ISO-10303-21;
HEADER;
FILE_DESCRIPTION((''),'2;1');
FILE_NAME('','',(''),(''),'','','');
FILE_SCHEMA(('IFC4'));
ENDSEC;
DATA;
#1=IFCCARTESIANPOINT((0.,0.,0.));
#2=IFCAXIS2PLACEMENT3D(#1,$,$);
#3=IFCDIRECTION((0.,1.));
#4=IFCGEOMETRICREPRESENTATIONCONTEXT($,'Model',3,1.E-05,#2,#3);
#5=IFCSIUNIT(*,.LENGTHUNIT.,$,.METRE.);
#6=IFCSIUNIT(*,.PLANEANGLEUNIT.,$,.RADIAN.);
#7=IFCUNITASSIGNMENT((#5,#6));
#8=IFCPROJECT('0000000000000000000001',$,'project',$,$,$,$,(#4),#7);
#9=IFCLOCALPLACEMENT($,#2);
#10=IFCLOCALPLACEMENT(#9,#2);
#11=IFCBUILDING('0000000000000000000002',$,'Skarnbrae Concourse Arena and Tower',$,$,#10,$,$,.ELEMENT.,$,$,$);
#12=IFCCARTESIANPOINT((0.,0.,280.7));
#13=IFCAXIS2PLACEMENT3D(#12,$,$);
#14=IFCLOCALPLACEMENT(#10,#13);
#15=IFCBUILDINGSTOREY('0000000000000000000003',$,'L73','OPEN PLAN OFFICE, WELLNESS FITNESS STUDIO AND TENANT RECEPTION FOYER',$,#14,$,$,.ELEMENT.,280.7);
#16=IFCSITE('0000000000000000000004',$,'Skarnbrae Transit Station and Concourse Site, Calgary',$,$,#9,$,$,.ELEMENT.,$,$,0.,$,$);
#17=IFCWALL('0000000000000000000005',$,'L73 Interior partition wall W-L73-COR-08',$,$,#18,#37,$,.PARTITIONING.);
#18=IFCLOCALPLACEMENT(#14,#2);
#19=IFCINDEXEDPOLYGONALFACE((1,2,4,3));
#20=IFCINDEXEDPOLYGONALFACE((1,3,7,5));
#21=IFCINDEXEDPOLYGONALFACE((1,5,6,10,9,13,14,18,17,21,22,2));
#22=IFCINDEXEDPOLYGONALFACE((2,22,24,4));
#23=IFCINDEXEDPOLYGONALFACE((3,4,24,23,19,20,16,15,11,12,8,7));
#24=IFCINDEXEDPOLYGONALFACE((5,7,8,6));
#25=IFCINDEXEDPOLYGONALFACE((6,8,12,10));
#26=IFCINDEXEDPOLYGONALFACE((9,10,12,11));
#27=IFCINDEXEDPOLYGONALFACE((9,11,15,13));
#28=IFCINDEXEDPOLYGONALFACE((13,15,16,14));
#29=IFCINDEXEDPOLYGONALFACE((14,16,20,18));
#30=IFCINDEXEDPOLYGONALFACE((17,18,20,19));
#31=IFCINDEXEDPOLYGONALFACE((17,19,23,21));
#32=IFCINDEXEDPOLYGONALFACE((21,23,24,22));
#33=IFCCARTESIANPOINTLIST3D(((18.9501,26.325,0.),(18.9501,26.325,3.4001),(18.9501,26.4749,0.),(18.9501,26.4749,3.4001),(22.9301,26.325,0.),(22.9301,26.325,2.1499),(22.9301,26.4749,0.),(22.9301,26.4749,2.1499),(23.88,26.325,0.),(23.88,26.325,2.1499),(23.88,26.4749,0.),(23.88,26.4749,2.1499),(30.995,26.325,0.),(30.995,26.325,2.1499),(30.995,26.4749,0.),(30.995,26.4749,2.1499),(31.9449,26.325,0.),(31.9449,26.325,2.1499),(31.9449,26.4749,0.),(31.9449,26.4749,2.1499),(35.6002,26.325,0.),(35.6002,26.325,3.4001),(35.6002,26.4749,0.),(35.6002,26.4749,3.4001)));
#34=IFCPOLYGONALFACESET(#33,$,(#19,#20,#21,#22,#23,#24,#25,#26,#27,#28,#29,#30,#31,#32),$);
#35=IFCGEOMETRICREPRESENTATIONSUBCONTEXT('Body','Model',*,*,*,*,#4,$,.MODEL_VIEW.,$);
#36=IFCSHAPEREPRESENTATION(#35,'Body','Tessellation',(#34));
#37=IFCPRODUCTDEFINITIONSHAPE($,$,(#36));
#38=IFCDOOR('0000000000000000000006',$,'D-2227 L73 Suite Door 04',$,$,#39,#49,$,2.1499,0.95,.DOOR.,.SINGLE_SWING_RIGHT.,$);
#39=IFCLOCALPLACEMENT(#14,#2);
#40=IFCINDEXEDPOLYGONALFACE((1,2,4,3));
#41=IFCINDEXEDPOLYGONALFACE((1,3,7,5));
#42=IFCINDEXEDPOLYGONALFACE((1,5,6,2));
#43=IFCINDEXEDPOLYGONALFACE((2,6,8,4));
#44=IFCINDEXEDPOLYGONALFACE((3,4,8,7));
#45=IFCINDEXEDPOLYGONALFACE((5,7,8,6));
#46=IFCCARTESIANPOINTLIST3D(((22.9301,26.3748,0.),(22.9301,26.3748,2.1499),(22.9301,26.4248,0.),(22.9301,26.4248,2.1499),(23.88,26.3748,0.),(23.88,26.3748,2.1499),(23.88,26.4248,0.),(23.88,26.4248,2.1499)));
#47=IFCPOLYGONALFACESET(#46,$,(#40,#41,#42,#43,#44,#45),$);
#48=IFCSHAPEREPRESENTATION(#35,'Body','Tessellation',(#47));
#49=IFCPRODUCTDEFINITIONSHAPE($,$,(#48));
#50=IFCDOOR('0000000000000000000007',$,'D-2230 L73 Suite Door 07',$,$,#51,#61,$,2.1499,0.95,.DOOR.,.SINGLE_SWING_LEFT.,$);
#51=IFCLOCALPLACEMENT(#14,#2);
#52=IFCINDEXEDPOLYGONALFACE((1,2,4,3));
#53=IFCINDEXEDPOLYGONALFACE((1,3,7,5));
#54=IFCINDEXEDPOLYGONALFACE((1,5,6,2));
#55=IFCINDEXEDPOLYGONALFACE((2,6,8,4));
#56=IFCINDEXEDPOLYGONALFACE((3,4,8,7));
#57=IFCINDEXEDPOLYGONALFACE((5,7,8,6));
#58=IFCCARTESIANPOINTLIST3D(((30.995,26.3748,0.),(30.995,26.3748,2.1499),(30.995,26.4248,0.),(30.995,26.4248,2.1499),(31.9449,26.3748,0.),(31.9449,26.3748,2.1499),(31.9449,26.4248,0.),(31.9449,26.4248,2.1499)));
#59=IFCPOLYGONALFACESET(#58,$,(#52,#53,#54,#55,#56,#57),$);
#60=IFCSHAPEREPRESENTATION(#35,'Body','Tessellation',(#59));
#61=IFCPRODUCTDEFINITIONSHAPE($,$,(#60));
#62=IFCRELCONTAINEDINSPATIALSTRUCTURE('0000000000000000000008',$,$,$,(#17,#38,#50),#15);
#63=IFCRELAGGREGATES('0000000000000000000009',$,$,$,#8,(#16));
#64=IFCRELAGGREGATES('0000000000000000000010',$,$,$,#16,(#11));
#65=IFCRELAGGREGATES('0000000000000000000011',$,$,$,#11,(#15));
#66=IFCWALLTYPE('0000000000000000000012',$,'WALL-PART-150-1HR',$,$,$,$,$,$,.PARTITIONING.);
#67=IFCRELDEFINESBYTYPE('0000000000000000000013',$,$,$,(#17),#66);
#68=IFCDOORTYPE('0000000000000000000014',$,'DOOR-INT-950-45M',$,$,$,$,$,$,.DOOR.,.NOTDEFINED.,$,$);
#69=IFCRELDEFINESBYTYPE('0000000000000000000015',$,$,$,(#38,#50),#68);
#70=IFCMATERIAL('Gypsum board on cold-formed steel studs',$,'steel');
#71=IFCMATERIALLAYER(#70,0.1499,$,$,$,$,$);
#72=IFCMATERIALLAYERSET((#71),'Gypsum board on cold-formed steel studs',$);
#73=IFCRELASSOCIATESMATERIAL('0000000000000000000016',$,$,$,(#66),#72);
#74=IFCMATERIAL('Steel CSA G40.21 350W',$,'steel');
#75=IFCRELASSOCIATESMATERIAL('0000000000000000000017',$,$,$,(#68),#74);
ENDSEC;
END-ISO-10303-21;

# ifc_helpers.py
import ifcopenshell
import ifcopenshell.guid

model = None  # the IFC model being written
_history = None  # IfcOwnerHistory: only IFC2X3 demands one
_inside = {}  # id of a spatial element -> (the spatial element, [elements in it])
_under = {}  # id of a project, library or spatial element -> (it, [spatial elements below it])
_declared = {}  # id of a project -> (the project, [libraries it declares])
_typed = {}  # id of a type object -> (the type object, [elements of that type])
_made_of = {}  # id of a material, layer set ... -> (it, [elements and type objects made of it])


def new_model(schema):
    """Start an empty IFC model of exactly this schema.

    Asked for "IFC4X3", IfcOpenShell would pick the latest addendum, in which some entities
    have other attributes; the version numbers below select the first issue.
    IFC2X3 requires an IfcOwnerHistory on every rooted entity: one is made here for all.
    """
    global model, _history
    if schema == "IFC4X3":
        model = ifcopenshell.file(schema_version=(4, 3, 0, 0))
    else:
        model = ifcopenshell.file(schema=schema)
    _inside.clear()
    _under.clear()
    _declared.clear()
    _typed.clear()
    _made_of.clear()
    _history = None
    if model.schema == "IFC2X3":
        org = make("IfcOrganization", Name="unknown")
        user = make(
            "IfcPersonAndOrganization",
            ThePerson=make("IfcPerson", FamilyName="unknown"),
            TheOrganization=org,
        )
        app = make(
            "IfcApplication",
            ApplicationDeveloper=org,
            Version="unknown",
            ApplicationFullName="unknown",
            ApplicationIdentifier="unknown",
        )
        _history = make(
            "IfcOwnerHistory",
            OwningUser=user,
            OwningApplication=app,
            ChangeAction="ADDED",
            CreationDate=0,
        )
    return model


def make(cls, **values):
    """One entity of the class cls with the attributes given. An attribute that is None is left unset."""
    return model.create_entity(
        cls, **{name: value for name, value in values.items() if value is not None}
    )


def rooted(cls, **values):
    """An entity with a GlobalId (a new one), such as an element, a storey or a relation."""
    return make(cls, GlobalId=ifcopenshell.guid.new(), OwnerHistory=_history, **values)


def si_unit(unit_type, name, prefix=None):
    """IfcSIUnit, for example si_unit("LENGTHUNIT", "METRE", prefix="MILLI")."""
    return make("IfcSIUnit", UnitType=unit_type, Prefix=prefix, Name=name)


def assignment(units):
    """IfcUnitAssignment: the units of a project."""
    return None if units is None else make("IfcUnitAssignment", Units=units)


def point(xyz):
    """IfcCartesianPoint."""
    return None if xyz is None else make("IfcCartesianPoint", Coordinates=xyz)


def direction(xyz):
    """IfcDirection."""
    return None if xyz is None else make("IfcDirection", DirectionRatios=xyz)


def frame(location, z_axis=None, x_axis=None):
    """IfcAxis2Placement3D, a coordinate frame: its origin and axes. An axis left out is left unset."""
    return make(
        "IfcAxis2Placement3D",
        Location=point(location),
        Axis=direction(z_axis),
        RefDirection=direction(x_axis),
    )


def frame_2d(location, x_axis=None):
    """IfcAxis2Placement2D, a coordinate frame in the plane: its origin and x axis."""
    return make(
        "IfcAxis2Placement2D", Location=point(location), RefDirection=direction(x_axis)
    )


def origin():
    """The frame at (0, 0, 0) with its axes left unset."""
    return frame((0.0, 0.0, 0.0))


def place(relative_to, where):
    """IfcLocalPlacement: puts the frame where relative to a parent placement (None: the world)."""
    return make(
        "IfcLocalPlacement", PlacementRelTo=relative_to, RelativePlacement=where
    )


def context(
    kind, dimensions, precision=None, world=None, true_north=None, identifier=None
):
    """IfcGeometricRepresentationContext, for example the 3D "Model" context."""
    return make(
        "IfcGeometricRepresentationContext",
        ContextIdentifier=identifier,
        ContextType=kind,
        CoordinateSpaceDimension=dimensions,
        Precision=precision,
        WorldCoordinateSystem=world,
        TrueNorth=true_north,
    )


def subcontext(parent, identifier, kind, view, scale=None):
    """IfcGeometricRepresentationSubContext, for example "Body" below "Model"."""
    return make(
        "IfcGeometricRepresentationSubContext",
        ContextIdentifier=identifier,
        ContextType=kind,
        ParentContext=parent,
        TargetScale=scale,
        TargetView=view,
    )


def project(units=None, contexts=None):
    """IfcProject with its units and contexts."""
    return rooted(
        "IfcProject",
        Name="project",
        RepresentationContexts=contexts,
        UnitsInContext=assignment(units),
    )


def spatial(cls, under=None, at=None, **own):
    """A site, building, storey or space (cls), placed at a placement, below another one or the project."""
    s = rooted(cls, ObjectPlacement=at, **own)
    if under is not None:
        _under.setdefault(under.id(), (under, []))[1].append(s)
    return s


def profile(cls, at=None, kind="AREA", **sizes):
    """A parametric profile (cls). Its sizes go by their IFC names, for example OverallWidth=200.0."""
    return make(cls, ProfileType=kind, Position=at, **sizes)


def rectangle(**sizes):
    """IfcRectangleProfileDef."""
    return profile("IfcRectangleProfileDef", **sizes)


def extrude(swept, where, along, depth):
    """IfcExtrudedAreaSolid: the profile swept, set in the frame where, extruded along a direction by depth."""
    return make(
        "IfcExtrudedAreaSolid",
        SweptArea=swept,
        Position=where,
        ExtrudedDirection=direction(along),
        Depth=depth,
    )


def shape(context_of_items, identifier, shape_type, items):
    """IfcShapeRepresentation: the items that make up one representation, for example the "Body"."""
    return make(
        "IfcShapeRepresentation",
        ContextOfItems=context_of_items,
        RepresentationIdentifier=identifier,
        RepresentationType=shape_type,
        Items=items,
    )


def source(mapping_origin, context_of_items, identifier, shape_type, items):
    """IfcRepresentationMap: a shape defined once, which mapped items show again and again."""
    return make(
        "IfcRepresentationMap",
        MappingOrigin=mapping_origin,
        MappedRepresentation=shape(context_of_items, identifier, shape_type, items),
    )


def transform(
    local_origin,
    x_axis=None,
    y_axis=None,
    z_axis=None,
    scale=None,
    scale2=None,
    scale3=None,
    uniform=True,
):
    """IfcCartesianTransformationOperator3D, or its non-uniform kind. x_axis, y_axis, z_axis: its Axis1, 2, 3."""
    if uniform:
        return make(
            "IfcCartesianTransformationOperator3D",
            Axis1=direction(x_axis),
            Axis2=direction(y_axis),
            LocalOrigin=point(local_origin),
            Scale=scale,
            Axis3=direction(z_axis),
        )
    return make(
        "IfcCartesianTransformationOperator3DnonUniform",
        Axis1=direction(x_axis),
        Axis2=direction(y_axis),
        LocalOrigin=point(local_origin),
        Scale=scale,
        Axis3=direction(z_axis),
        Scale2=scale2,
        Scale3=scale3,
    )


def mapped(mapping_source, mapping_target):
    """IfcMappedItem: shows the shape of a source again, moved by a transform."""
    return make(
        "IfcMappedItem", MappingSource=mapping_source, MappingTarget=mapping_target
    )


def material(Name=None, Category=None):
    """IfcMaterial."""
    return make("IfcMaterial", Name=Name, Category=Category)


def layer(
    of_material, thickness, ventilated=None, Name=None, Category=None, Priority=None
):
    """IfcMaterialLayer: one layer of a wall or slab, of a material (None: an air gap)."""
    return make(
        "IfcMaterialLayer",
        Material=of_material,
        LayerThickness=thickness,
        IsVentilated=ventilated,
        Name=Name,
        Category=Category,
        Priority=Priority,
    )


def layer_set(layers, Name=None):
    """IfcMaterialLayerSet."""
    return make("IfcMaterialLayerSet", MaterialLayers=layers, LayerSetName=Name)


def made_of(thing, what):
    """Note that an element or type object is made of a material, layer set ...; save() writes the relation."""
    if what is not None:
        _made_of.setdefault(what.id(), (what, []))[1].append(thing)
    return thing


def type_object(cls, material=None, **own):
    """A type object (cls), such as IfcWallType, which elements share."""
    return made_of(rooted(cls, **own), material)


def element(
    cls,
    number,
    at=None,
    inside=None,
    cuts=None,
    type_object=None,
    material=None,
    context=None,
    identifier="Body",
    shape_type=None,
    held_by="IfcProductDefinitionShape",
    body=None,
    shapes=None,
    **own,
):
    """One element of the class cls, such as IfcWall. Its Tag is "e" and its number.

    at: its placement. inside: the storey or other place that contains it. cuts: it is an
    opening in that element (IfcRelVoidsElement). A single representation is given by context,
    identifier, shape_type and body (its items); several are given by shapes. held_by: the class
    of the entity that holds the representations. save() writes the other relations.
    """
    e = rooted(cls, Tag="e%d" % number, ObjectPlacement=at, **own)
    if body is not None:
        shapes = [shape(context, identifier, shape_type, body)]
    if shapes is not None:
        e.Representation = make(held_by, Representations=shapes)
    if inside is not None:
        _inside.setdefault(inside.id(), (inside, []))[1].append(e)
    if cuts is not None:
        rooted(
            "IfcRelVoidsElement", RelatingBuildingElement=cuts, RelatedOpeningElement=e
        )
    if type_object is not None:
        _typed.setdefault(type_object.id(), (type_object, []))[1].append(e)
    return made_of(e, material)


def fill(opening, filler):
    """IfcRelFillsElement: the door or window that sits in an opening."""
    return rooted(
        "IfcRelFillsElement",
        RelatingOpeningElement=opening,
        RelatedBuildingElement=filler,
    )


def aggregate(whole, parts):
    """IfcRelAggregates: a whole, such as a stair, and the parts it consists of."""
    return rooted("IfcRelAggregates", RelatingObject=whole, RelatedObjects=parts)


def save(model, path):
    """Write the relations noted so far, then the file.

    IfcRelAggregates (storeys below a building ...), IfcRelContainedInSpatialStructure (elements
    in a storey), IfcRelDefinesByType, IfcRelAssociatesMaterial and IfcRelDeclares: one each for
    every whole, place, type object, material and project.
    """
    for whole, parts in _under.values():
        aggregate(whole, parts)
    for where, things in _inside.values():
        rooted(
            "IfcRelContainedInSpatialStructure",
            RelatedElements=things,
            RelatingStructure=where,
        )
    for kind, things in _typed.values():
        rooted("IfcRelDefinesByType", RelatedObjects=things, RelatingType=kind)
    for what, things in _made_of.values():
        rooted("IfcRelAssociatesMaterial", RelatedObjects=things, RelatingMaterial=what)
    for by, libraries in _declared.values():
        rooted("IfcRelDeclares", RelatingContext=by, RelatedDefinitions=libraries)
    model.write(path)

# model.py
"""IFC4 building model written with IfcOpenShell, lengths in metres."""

from ifc_helpers import new_model, si_unit, direction, frame, frame_2d, origin, place, context, subcontext, project, spatial, rectangle, extrude, source, transform, mapped, material, layer, layer_set, type_object, element, fill, save


model = new_model("IFC4")

# Units and contexts
model_context = context("Model", 3, precision=1e-05, world=origin(), true_north=direction((0.0, 1.0)))
body_context = subcontext(model_context, "Body", "Model", "MODEL_VIEW")
ifc_project = project(units=[si_unit("LENGTHUNIT", "METRE"), si_unit("PLANEANGLEUNIT", "RADIAN")], contexts=[model_context])

# Site, building, storey
site_placement = place(None, origin())
site = spatial("IfcSite", under=ifc_project, at=site_placement, Name="Skarnbrae Transit Station and Concourse Site, Calgary", CompositionType="ELEMENT", RefElevation=0.0)
building_placement = place(site_placement, origin())
building = spatial("IfcBuilding", under=site, at=building_placement, Name="Skarnbrae Concourse Arena and Tower", CompositionType="ELEMENT")
storey_placement = place(building_placement, frame((0.0, 0.0, 280.7)))
storey = spatial("IfcBuildingStorey", under=building, at=storey_placement, Name="L73", Description="OPEN PLAN OFFICE, WELLNESS FITNESS STUDIO AND TENANT RECEPTION FOYER", CompositionType="ELEMENT", Elevation=280.7)

# Shared definitions
ifc_material_1 = material(Name="Steel CSA G40.21 350W", Category="steel")

# Shared definitions
ifc_material_2 = material(Name="Gypsum board on cold-formed steel studs", Category="steel")
ifc_layer = layer(ifc_material_2, 0.1499)
ifc_layer_set = layer_set([ifc_layer], Name="Gypsum board on cold-formed steel studs")
wall_type = type_object("IfcWallType", Name="WALL-PART-150-1HR", PredefinedType="PARTITIONING", material=ifc_layer_set)
door_type = type_object("IfcDoorType", Name="DOOR-INT-950-45M", OperationType="NOTDEFINED", PredefinedType="DOOR", material=ifc_material_1)
shared_shape_1 = source(origin(), body_context, "Body", "SweptSolid", [
    extrude(rectangle(XDim=0.95, YDim=2.1499, at=frame_2d((0.4751, 1.075))), frame((0.0, 0.0249, 0.0), z_axis=(0.0, -1.0, 0.0), x_axis=(1.0, 0.0, 0.0)), (0.0, 0.0, 1.0), 0.05),
])

# Wall, openings, doors
shared_shape_2 = source(origin(), body_context, "Body", "SweptSolid", [
    extrude(rectangle(XDim=16.6501, YDim=0.1499, at=frame_2d((8.3252, 0.0))), origin(), (0.0, 0.0, 1.0), 3.4001),
])
wall_1_placement = place(storey_placement, frame((18.95, 26.3999, 0.0), z_axis=(0.0, 0.0, 1.0), x_axis=(1.0, 0.0, 0.0)))
wall_1 = element("IfcWall", 1, at=wall_1_placement, inside=storey, type_object=wall_type, Name="L73 Interior partition wall W-L73-COR-08", PredefinedType="PARTITIONING", context=body_context, shape_type="MappedRepresentation", body=[
    mapped(shared_shape_2, transform((0.0, 0.0, 0.0))),
])
opening_1_placement = place(wall_1_placement, frame((3.98, 0.0, 0.0)))
opening_1 = element("IfcOpeningElement", 2, at=opening_1_placement, cuts=wall_1, PredefinedType="OPENING", context=body_context, shape_type="SweptSolid", body=[
    extrude(rectangle(XDim=0.95, YDim=2.1499, at=frame_2d((0.4751, 1.075))), frame((0.0, 0.085, 0.0), z_axis=(0.0, -1.0, 0.0), x_axis=(1.0, 0.0, 0.0)), (0.0, 0.0, 1.0), 0.1699),
])
opening_2_placement = place(wall_1_placement, frame((12.0449, 0.0, 0.0)))
opening_2 = element("IfcOpeningElement", 3, at=opening_2_placement, cuts=wall_1, PredefinedType="OPENING", context=body_context, shape_type="SweptSolid", body=[
    extrude(rectangle(XDim=0.95, YDim=2.1499, at=frame_2d((0.4751, 1.075))), frame((0.0, 0.085, 0.0), z_axis=(0.0, -1.0, 0.0), x_axis=(1.0, 0.0, 0.0)), (0.0, 0.0, 1.0), 0.1699),
])
door_1_placement = place(opening_1_placement, origin())
door_1 = element("IfcDoor", 4, at=door_1_placement, inside=storey, type_object=door_type, Name="D-2227 L73 Suite Door 04", OperationType="SINGLE_SWING_RIGHT", OverallHeight=2.1499, OverallWidth=0.95, PredefinedType="DOOR", context=body_context, shape_type="MappedRepresentation", body=[
    mapped(shared_shape_1, transform((0.0, 0.0, 0.0))),
])
fill(opening_1, door_1)
door_2_placement = place(opening_2_placement, origin())
door_2 = element("IfcDoor", 5, at=door_2_placement, inside=storey, type_object=door_type, Name="D-2230 L73 Suite Door 07", OperationType="SINGLE_SWING_LEFT", OverallHeight=2.1499, OverallWidth=0.95, PredefinedType="DOOR", context=body_context, shape_type="MappedRepresentation", body=[
    mapped(shared_shape_1, transform((0.0, 0.0, 0.0))),
])
fill(opening_2, door_2)

save(model, "model.ifc")
